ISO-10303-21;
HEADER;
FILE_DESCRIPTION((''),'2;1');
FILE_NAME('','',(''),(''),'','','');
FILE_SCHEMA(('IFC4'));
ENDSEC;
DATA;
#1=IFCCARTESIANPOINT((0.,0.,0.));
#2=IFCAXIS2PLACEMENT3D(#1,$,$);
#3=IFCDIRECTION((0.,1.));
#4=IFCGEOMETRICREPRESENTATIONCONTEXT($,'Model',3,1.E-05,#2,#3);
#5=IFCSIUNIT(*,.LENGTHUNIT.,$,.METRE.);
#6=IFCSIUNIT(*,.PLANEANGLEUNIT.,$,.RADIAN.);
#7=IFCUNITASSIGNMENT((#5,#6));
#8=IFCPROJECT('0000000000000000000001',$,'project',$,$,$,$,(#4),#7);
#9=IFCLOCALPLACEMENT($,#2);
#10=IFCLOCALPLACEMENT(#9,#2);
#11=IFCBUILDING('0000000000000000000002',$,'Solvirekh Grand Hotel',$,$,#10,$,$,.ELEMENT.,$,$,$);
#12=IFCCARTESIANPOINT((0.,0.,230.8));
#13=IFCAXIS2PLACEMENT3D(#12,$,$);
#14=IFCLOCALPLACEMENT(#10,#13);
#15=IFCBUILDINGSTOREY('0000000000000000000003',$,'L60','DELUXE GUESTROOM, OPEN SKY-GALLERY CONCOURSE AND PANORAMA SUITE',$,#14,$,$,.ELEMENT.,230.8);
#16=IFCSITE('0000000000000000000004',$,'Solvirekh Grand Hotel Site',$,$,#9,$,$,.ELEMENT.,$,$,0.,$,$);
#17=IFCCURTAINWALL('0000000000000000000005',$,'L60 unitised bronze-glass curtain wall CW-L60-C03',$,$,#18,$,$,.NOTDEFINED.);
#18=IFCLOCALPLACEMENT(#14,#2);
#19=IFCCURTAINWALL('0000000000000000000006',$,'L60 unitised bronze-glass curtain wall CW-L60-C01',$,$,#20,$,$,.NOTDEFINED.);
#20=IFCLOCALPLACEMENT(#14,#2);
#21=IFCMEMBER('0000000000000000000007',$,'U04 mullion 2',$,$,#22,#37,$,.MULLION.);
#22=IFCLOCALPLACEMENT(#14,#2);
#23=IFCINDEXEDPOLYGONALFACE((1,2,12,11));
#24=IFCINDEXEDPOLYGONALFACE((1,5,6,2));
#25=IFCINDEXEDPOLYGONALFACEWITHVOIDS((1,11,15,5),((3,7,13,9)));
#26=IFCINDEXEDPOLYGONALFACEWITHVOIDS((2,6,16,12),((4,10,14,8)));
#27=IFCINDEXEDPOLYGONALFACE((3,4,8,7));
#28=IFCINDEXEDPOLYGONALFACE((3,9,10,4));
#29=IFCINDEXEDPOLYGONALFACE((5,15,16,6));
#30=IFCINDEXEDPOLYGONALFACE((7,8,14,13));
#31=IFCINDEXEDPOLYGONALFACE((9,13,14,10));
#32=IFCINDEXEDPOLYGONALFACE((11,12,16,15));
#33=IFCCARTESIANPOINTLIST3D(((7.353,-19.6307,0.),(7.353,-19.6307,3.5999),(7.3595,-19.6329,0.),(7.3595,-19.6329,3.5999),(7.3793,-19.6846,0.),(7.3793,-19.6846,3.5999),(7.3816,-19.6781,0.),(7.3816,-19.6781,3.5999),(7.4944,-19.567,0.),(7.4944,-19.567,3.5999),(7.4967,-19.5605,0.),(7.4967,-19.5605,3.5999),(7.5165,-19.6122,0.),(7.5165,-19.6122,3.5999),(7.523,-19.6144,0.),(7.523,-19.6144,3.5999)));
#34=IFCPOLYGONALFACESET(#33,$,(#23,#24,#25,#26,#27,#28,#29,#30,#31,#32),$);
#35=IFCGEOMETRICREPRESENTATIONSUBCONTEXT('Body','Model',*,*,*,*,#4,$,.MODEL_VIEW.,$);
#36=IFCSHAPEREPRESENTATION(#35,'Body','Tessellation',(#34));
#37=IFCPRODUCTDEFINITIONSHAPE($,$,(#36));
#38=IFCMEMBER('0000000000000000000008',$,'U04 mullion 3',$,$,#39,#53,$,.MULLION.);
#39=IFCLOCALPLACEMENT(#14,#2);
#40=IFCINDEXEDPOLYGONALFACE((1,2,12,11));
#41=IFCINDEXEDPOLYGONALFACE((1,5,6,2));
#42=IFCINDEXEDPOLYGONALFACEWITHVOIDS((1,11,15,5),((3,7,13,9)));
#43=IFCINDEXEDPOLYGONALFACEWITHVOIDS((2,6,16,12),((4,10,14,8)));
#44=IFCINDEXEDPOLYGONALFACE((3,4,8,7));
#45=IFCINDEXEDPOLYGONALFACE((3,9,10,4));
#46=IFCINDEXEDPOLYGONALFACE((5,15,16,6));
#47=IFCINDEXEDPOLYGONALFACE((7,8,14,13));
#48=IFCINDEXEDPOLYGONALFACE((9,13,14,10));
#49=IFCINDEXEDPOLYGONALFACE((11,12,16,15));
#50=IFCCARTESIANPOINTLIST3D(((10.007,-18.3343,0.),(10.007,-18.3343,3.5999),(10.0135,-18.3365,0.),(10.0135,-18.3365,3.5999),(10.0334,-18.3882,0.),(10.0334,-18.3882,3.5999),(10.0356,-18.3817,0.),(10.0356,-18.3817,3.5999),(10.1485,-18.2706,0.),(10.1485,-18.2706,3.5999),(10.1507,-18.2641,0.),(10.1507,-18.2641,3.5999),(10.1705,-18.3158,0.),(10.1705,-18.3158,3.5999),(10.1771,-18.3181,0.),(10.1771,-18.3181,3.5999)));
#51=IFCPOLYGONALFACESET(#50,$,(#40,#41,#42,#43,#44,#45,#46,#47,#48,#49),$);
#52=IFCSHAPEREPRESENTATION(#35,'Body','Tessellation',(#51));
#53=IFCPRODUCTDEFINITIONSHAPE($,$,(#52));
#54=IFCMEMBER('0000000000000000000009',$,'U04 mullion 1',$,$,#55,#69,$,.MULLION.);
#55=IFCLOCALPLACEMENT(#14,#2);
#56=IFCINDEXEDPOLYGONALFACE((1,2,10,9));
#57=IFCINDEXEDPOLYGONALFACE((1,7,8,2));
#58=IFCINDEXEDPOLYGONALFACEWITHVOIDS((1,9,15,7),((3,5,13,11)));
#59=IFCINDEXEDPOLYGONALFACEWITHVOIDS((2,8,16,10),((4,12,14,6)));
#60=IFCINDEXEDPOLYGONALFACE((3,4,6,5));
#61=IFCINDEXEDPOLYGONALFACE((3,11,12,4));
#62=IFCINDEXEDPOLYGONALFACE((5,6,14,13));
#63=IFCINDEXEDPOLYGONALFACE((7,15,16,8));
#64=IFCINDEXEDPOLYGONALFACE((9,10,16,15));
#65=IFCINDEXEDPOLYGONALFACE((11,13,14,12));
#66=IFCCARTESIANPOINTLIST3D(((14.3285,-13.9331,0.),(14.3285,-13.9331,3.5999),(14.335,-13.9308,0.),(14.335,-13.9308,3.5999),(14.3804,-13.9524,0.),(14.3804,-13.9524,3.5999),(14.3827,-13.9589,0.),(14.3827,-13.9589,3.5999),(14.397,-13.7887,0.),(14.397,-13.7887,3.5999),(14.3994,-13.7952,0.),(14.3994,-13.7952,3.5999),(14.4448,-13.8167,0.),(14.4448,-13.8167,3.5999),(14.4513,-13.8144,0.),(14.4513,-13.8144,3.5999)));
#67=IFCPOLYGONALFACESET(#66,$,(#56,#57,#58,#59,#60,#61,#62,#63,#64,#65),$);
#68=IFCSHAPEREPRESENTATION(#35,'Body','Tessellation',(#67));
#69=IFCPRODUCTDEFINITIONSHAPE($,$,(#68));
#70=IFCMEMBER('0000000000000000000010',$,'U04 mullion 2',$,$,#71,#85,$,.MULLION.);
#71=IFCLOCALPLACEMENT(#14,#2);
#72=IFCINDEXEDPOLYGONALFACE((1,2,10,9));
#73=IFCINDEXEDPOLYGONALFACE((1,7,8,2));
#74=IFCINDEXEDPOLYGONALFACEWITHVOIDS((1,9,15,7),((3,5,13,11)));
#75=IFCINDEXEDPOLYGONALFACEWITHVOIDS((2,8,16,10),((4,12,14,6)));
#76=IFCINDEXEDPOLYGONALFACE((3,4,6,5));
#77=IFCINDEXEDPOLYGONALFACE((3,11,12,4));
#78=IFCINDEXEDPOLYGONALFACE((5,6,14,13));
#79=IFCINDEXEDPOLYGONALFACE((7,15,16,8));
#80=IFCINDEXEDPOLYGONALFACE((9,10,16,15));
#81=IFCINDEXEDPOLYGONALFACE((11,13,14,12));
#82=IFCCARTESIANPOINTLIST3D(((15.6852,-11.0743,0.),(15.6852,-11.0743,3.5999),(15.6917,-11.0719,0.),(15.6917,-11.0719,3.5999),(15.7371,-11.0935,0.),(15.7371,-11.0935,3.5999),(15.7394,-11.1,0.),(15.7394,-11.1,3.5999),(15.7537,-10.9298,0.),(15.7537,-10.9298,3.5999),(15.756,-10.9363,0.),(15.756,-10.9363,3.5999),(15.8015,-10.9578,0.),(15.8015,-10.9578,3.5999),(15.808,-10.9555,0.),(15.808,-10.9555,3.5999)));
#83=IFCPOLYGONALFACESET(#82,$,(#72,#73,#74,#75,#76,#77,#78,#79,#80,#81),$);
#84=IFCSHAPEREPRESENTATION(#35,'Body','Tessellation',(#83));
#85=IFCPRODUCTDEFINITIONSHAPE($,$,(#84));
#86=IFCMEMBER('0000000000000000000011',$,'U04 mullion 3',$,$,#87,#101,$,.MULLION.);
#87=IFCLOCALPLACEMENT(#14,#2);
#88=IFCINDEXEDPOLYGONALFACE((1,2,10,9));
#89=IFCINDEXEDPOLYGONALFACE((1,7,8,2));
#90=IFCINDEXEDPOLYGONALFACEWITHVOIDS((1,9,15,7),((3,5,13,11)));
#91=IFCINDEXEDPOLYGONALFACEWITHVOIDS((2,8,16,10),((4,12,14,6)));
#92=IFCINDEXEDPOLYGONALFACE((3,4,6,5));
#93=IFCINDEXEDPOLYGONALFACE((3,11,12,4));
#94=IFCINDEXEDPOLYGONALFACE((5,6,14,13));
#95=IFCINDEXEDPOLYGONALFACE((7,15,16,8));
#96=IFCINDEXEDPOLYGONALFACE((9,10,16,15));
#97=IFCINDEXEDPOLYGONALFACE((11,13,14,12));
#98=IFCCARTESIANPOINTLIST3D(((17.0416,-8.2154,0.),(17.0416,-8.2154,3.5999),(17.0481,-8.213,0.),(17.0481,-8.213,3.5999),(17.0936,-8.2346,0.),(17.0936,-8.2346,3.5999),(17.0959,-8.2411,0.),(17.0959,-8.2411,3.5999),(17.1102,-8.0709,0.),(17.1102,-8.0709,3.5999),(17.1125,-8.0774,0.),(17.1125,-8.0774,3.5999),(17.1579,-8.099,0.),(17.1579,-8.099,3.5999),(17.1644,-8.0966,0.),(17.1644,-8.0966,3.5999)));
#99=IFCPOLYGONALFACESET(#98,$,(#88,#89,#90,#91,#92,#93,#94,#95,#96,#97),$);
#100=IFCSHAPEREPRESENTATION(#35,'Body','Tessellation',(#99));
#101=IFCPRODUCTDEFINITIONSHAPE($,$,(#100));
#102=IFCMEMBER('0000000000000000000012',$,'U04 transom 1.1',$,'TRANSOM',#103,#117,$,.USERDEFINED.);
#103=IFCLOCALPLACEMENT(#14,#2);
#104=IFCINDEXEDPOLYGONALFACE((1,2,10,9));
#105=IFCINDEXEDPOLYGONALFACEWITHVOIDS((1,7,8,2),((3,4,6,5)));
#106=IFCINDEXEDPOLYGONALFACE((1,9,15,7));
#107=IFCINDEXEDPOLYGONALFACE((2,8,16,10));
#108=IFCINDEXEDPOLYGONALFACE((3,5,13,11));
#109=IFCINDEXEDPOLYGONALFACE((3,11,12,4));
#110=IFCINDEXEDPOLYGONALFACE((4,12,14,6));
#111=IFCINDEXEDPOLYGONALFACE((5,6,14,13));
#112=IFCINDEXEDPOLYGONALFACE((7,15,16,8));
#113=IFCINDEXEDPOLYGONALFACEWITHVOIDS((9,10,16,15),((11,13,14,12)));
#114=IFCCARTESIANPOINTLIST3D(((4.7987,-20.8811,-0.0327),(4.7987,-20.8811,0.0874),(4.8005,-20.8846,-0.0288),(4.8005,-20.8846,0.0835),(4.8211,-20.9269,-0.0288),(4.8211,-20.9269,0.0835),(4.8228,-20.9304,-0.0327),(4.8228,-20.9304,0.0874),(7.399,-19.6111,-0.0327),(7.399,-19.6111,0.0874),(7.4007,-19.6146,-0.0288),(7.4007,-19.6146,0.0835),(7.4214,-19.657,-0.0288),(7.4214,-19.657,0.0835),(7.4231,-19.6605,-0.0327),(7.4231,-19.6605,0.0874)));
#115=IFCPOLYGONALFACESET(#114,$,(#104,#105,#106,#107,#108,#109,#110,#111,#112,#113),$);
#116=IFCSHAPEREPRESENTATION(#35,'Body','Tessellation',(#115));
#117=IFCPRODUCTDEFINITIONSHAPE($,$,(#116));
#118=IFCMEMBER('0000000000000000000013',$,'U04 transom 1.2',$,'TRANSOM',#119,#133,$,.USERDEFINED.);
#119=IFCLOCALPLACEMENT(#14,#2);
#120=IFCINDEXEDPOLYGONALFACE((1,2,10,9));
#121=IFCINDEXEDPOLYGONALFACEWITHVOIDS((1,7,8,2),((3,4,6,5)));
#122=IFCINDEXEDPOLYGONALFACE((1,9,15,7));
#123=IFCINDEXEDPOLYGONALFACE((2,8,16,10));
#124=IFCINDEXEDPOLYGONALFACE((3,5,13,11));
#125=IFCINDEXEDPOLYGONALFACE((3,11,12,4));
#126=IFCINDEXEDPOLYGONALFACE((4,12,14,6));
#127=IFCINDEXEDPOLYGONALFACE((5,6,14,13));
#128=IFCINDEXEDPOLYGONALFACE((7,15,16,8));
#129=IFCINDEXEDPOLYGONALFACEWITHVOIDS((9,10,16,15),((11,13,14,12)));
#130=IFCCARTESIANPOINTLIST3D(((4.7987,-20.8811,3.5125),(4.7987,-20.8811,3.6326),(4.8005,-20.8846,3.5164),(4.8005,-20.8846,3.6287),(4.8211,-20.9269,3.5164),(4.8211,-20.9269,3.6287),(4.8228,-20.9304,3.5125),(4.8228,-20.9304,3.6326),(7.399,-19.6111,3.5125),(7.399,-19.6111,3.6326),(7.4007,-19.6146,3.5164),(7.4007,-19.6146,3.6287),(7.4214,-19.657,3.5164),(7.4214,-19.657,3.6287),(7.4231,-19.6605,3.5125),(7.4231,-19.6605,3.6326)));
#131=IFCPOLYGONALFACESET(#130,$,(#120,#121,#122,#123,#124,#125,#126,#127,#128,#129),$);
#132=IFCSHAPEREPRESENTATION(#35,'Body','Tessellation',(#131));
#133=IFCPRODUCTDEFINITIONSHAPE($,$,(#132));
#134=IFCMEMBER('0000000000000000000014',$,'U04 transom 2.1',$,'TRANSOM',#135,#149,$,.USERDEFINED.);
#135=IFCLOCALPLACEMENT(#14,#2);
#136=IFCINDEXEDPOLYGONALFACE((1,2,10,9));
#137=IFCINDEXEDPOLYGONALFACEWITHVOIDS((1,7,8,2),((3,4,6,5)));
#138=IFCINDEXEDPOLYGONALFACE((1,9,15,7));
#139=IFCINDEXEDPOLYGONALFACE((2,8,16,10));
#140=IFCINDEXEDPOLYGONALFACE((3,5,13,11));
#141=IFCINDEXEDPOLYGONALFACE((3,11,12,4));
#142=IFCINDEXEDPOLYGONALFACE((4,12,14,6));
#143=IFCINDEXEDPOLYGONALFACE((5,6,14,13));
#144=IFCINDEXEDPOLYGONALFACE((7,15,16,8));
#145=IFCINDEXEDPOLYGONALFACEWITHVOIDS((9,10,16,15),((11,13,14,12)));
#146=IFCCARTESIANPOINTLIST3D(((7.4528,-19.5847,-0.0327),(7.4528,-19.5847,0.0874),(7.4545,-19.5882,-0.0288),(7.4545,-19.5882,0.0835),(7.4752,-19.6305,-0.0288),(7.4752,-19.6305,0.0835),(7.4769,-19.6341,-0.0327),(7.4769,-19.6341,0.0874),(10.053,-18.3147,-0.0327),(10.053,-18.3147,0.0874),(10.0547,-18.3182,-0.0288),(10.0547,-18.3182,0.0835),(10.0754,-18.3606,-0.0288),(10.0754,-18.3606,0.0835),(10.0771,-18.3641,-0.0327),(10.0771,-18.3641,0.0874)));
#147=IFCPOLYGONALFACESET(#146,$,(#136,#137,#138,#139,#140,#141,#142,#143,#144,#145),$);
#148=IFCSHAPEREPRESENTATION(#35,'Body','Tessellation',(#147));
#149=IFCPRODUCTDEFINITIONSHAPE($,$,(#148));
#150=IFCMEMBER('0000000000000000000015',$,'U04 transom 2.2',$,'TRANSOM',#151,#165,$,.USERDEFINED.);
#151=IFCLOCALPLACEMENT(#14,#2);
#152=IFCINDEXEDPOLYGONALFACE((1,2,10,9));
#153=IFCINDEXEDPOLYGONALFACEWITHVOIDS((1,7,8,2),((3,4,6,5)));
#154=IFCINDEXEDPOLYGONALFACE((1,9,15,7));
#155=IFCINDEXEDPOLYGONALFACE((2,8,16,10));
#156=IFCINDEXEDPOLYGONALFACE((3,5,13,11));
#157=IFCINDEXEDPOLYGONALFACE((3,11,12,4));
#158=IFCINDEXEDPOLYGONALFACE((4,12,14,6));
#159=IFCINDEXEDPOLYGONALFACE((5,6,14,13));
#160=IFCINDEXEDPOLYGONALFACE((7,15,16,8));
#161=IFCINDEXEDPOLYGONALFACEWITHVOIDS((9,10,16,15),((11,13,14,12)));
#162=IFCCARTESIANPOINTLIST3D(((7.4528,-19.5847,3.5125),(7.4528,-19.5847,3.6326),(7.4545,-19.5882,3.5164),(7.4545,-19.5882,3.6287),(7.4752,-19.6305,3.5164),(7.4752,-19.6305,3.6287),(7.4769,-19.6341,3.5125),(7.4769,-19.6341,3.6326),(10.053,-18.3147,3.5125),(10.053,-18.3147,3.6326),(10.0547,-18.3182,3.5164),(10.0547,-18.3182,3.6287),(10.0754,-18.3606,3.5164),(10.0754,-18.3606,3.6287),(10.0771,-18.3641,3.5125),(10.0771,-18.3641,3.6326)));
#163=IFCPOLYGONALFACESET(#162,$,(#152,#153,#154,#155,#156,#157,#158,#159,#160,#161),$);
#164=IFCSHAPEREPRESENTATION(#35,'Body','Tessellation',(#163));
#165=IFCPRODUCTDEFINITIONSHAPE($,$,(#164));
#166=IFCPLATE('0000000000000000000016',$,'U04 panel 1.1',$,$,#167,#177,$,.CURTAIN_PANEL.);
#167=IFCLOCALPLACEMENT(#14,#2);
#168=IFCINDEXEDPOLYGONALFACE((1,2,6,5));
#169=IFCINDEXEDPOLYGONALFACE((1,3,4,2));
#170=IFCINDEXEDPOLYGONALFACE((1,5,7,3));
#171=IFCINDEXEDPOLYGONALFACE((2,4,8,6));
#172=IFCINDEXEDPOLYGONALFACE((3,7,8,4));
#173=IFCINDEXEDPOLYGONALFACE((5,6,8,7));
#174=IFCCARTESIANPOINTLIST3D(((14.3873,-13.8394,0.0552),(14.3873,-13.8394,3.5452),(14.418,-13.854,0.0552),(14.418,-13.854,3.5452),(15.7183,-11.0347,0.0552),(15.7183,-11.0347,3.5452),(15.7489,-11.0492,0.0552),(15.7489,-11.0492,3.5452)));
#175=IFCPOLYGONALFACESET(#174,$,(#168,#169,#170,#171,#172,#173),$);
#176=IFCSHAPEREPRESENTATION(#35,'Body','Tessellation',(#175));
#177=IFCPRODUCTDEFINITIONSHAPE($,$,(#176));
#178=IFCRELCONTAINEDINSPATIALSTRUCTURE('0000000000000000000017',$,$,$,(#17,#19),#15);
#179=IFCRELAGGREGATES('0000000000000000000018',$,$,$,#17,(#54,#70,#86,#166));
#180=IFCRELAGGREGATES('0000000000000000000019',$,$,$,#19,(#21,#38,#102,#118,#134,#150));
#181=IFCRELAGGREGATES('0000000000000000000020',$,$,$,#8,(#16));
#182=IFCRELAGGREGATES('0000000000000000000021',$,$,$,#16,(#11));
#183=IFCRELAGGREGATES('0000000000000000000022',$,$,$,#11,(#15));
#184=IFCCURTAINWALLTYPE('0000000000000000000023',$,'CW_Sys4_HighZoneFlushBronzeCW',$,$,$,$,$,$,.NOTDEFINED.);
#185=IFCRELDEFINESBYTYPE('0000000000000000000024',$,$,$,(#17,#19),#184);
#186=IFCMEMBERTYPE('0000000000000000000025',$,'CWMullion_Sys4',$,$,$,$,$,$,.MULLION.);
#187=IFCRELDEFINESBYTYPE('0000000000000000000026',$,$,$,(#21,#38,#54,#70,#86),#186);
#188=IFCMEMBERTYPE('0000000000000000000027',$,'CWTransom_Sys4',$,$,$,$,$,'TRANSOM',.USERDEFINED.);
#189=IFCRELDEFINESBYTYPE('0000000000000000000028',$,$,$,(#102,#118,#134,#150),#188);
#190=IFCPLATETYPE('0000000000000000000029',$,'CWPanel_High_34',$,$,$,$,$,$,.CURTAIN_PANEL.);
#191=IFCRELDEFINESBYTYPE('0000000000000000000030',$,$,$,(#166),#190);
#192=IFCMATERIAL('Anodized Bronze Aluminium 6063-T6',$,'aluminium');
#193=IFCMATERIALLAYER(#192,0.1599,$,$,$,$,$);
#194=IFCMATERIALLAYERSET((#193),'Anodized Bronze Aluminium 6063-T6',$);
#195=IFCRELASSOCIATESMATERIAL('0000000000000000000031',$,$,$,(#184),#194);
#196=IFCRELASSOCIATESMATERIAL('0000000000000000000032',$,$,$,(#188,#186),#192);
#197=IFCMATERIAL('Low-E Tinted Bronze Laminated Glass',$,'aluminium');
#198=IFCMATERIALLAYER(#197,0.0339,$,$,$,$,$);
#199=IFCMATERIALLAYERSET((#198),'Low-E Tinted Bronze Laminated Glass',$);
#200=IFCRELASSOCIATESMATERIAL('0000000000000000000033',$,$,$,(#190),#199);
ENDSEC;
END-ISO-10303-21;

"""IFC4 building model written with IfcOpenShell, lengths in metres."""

from ifc_helpers import new_model, si_unit, direction, frame, origin, origin_2d, place, context, subcontext, project, spatial, rectangle, hollow_rectangle, extrude, source, transform, mapped, material, layer, layer_set, material_profile, profile_set, type_object, element, aggregate, save


model = new_model("IFC4")

# Units and contexts
model_context = context("Model", 3, precision=1e-05, world=origin(), true_north=direction((0.0, 1.0)))
body_context = subcontext(model_context, "Body", "Model", "MODEL_VIEW")
ifc_project = project(units=[si_unit("LENGTHUNIT", "METRE"), si_unit("PLANEANGLEUNIT", "RADIAN")], contexts=[model_context])

# Site, building, storey
site_placement = place(None, origin())
site = spatial("IfcSite", under=ifc_project, at=site_placement, Name="Solvirekh Grand Hotel Site", CompositionType="ELEMENT", RefElevation=0.0)
building_placement = place(site_placement, origin())
building = spatial("IfcBuilding", under=site, at=building_placement, Name="Solvirekh Grand Hotel", CompositionType="ELEMENT")
storey_placement = place(building_placement, frame((0.0, 0.0, 230.8)))
storey = spatial("IfcBuildingStorey", under=building, at=storey_placement, Name="L60", Description="DELUXE GUESTROOM, OPEN SKY-GALLERY CONCOURSE AND PANORAMA SUITE", CompositionType="ELEMENT", Elevation=230.8)

# Curtain walls, members
ifc_material_1 = material(Name="Anodized Bronze Aluminium 6063-T6", Category="aluminium")
ifc_layer_1 = layer(ifc_material_1, 0.1599)
ifc_layer_set_1 = layer_set([ifc_layer_1], Name="Anodized Bronze Aluminium 6063-T6")
curtain_wall_type = type_object("IfcCurtainWallType", Name="CW_Sys4_HighZoneFlushBronzeCW", PredefinedType="NOTDEFINED", material=ifc_layer_set_1)
curtain_wall_1_placement = place(storey_placement, origin())
curtain_wall_1 = element("IfcCurtainWall", 1, at=curtain_wall_1_placement, inside=storey, type_object=curtain_wall_type, Name="L60 unitised bronze-glass curtain wall CW-L60-C03", PredefinedType="NOTDEFINED")
ifc_material_profile_1 = material_profile(ifc_material_1, hollow_rectangle(XDim=0.0549, YDim=0.1201, WallThickness=0.0039, at=origin_2d()), Name="ALU RHS 120X55X4")
ifc_profile_set_1 = profile_set([ifc_material_profile_1], Name="Anodized Bronze Aluminium 6063-T6")
member_type_1 = type_object("IfcMemberType", Name="CWTransom_Sys4", ElementType="TRANSOM", PredefinedType="USERDEFINED", material=ifc_profile_set_1)
curtain_wall_2_placement = place(storey_placement, origin())
curtain_wall_2 = element("IfcCurtainWall", 2, at=curtain_wall_2_placement, inside=storey, type_object=curtain_wall_type, Name="L60 unitised bronze-glass curtain wall CW-L60-C01", PredefinedType="NOTDEFINED")
ifc_material_profile_2 = material_profile(ifc_material_1, hollow_rectangle(XDim=0.0601, YDim=0.1599, WallThickness=0.0049, at=origin_2d()), Name="ALU RHS 160X60X5")
ifc_profile_set_2 = profile_set([ifc_material_profile_2], Name="Anodized Bronze Aluminium 6063-T6")
member_type_2 = type_object("IfcMemberType", Name="CWMullion_Sys4", PredefinedType="MULLION", material=ifc_profile_set_2)
shared_shape_1 = source(origin(), body_context, "Body", "SweptSolid", [
    extrude(hollow_rectangle(XDim=0.0601, YDim=0.1599, WallThickness=0.0049, at=origin_2d()), origin(), (0.0, 0.0, 1.0), 3.5999),
])
member_1_placement = place(storey_placement, frame((7.438, -19.6226, 0.0), z_axis=(0.0, 0.0, 1.0), x_axis=(-0.438882, 0.898544, 0.0)))
member_1 = element("IfcMember", 3, at=member_1_placement, type_object=member_type_2, Name="U04 mullion 2", PredefinedType="MULLION", context=body_context, shape_type="MappedRepresentation", body=[
    mapped(shared_shape_1, transform((0.0, 0.0, 0.0), x_axis=(1.0, 0.0, 0.0), y_axis=(0.0, 1.0, 0.0), z_axis=(0.0, 0.0, 1.0), scale=1.0)),
])
member_2_placement = place(storey_placement, frame((10.092, -18.3262, 0.0), z_axis=(0.0, 0.0, 1.0), x_axis=(-0.438882, 0.898544, 0.0)))
member_2 = element("IfcMember", 4, at=member_2_placement, type_object=member_type_2, Name="U04 mullion 3", PredefinedType="MULLION", context=body_context, shape_type="MappedRepresentation", body=[
    mapped(shared_shape_1, transform((0.0, 0.0, 0.0), x_axis=(1.0, 0.0, 0.0), y_axis=(0.0, 1.0, 0.0), z_axis=(0.0, 0.0, 1.0), scale=1.0)),
])

# Members
member_3_placement = place(storey_placement, frame((14.3899, -13.8738, 0.0), z_axis=(0.0, 0.0, 1.0), x_axis=(-0.903441, 0.428712, 0.0)))
member_3 = element("IfcMember", 5, at=member_3_placement, type_object=member_type_2, Name="U04 mullion 1", PredefinedType="MULLION", context=body_context, shape_type="MappedRepresentation", body=[
    mapped(shared_shape_1, transform((0.0, 0.0, 0.0), x_axis=(1.0, 0.0, 0.0), y_axis=(0.0, 1.0, 0.0), z_axis=(0.0, 0.0, 1.0), scale=1.0)),
])
member_4_placement = place(storey_placement, frame((15.7466, -11.0149, 0.0), z_axis=(0.0, 0.0, 1.0), x_axis=(-0.903441, 0.428712, 0.0)))
member_4 = element("IfcMember", 6, at=member_4_placement, type_object=member_type_2, Name="U04 mullion 2", PredefinedType="MULLION", context=body_context, shape_type="MappedRepresentation", body=[
    mapped(shared_shape_1, transform((0.0, 0.0, 0.0), x_axis=(1.0, 0.0, 0.0), y_axis=(0.0, 1.0, 0.0), z_axis=(0.0, 0.0, 1.0), scale=1.0)),
])
member_5_placement = place(storey_placement, frame((17.103, -8.156, 0.0), z_axis=(0.0, 0.0, 1.0), x_axis=(-0.903441, 0.428712, 0.0)))
member_5 = element("IfcMember", 7, at=member_5_placement, type_object=member_type_2, Name="U04 mullion 3", PredefinedType="MULLION", context=body_context, shape_type="MappedRepresentation", body=[
    mapped(shared_shape_1, transform((0.0, 0.0, 0.0), x_axis=(1.0, 0.0, 0.0), y_axis=(0.0, 1.0, 0.0), z_axis=(0.0, 0.0, 1.0), scale=1.0)),
])
shared_shape_2 = source(origin(), body_context, "Body", "SweptSolid", [
    extrude(hollow_rectangle(XDim=0.0549, YDim=0.1201, WallThickness=0.0039, at=origin_2d()), origin(), (0.0, 0.0, 1.0), 2.8938),
])
member_6_placement = place(storey_placement, frame((4.8108, -20.9058, 0.0273), z_axis=(0.898556, 0.438859, 0.0), x_axis=(-0.438859, 0.898556, 0.0)))
member_6 = element("IfcMember", 8, at=member_6_placement, type_object=member_type_1, Name="U04 transom 1.1", ObjectType="TRANSOM", PredefinedType="USERDEFINED", context=body_context, shape_type="MappedRepresentation", body=[
    mapped(shared_shape_2, transform((0.0, 0.0, 0.0), x_axis=(1.0, 0.0, 0.0), y_axis=(0.0, 1.0, 0.0), z_axis=(0.0, 0.0, 1.0), scale=1.0)),
])
member_7_placement = place(storey_placement, frame((4.8108, -20.9058, 3.5725), z_axis=(0.898556, 0.438859, 0.0), x_axis=(-0.438859, 0.898556, 0.0)))
member_7 = element("IfcMember", 9, at=member_7_placement, type_object=member_type_1, Name="U04 transom 1.2", ObjectType="TRANSOM", PredefinedType="USERDEFINED", context=body_context, shape_type="MappedRepresentation", body=[
    mapped(shared_shape_2, transform((0.0, 0.0, 0.0), x_axis=(1.0, 0.0, 0.0), y_axis=(0.0, 1.0, 0.0), z_axis=(0.0, 0.0, 1.0), scale=1.0)),
])
member_8_placement = place(storey_placement, frame((7.4648, -19.6094, 0.0273), z_axis=(0.898556, 0.438859, 0.0), x_axis=(-0.438859, 0.898556, 0.0)))
member_8 = element("IfcMember", 10, at=member_8_placement, type_object=member_type_1, Name="U04 transom 2.1", ObjectType="TRANSOM", PredefinedType="USERDEFINED", context=body_context, shape_type="MappedRepresentation", body=[
    mapped(shared_shape_2, transform((0.0, 0.0, 0.0), x_axis=(1.0, 0.0, 0.0), y_axis=(0.0, 1.0, 0.0), z_axis=(0.0, 0.0, 1.0), scale=1.0)),
])
member_9_placement = place(storey_placement, frame((7.4648, -19.6094, 3.5725), z_axis=(0.898556, 0.438859, 0.0), x_axis=(-0.438859, 0.898556, 0.0)))
member_9 = element("IfcMember", 11, at=member_9_placement, type_object=member_type_1, Name="U04 transom 2.2", ObjectType="TRANSOM", PredefinedType="USERDEFINED", context=body_context, shape_type="MappedRepresentation", body=[
    mapped(shared_shape_2, transform((0.0, 0.0, 0.0), x_axis=(1.0, 0.0, 0.0), y_axis=(0.0, 1.0, 0.0), z_axis=(0.0, 0.0, 1.0), scale=1.0)),
])

# Plate
ifc_material_2 = material(Name="Low-E Tinted Bronze Laminated Glass", Category="aluminium")
ifc_layer_2 = layer(ifc_material_2, 0.0339)
ifc_layer_set_2 = layer_set([ifc_layer_2], Name="Low-E Tinted Bronze Laminated Glass")
plate_type = type_object("IfcPlateType", Name="CWPanel_High_34", PredefinedType="CURTAIN_PANEL", material=ifc_layer_set_2)
shared_shape_3 = source(origin(), body_context, "Body", "SweptSolid", [
    extrude(rectangle(XDim=3.1045, YDim=0.0339, at=origin_2d()), origin(), (0.0, 0.0, 1.0), 3.49),
])
plate_1_placement = place(storey_placement, frame((15.0681, -12.4443, 0.0552), z_axis=(0.0, 0.0, 1.0), x_axis=(0.428712, 0.903441, 0.0)))
plate_1 = element("IfcPlate", 12, at=plate_1_placement, type_object=plate_type, Name="U04 panel 1.1", PredefinedType="CURTAIN_PANEL", context=body_context, shape_type="MappedRepresentation", body=[
    mapped(shared_shape_3, transform((0.0, 0.0, 0.0), x_axis=(1.0, 0.0, 0.0), y_axis=(0.0, 1.0, 0.0), z_axis=(0.0, 0.0, 1.0), scale=1.0)),
])
aggregate(curtain_wall_1, [member_3, member_4, member_5, plate_1])
aggregate(curtain_wall_2, [member_1, member_2, member_6, member_7, member_8, member_9])

save(model, "model.ifc")
